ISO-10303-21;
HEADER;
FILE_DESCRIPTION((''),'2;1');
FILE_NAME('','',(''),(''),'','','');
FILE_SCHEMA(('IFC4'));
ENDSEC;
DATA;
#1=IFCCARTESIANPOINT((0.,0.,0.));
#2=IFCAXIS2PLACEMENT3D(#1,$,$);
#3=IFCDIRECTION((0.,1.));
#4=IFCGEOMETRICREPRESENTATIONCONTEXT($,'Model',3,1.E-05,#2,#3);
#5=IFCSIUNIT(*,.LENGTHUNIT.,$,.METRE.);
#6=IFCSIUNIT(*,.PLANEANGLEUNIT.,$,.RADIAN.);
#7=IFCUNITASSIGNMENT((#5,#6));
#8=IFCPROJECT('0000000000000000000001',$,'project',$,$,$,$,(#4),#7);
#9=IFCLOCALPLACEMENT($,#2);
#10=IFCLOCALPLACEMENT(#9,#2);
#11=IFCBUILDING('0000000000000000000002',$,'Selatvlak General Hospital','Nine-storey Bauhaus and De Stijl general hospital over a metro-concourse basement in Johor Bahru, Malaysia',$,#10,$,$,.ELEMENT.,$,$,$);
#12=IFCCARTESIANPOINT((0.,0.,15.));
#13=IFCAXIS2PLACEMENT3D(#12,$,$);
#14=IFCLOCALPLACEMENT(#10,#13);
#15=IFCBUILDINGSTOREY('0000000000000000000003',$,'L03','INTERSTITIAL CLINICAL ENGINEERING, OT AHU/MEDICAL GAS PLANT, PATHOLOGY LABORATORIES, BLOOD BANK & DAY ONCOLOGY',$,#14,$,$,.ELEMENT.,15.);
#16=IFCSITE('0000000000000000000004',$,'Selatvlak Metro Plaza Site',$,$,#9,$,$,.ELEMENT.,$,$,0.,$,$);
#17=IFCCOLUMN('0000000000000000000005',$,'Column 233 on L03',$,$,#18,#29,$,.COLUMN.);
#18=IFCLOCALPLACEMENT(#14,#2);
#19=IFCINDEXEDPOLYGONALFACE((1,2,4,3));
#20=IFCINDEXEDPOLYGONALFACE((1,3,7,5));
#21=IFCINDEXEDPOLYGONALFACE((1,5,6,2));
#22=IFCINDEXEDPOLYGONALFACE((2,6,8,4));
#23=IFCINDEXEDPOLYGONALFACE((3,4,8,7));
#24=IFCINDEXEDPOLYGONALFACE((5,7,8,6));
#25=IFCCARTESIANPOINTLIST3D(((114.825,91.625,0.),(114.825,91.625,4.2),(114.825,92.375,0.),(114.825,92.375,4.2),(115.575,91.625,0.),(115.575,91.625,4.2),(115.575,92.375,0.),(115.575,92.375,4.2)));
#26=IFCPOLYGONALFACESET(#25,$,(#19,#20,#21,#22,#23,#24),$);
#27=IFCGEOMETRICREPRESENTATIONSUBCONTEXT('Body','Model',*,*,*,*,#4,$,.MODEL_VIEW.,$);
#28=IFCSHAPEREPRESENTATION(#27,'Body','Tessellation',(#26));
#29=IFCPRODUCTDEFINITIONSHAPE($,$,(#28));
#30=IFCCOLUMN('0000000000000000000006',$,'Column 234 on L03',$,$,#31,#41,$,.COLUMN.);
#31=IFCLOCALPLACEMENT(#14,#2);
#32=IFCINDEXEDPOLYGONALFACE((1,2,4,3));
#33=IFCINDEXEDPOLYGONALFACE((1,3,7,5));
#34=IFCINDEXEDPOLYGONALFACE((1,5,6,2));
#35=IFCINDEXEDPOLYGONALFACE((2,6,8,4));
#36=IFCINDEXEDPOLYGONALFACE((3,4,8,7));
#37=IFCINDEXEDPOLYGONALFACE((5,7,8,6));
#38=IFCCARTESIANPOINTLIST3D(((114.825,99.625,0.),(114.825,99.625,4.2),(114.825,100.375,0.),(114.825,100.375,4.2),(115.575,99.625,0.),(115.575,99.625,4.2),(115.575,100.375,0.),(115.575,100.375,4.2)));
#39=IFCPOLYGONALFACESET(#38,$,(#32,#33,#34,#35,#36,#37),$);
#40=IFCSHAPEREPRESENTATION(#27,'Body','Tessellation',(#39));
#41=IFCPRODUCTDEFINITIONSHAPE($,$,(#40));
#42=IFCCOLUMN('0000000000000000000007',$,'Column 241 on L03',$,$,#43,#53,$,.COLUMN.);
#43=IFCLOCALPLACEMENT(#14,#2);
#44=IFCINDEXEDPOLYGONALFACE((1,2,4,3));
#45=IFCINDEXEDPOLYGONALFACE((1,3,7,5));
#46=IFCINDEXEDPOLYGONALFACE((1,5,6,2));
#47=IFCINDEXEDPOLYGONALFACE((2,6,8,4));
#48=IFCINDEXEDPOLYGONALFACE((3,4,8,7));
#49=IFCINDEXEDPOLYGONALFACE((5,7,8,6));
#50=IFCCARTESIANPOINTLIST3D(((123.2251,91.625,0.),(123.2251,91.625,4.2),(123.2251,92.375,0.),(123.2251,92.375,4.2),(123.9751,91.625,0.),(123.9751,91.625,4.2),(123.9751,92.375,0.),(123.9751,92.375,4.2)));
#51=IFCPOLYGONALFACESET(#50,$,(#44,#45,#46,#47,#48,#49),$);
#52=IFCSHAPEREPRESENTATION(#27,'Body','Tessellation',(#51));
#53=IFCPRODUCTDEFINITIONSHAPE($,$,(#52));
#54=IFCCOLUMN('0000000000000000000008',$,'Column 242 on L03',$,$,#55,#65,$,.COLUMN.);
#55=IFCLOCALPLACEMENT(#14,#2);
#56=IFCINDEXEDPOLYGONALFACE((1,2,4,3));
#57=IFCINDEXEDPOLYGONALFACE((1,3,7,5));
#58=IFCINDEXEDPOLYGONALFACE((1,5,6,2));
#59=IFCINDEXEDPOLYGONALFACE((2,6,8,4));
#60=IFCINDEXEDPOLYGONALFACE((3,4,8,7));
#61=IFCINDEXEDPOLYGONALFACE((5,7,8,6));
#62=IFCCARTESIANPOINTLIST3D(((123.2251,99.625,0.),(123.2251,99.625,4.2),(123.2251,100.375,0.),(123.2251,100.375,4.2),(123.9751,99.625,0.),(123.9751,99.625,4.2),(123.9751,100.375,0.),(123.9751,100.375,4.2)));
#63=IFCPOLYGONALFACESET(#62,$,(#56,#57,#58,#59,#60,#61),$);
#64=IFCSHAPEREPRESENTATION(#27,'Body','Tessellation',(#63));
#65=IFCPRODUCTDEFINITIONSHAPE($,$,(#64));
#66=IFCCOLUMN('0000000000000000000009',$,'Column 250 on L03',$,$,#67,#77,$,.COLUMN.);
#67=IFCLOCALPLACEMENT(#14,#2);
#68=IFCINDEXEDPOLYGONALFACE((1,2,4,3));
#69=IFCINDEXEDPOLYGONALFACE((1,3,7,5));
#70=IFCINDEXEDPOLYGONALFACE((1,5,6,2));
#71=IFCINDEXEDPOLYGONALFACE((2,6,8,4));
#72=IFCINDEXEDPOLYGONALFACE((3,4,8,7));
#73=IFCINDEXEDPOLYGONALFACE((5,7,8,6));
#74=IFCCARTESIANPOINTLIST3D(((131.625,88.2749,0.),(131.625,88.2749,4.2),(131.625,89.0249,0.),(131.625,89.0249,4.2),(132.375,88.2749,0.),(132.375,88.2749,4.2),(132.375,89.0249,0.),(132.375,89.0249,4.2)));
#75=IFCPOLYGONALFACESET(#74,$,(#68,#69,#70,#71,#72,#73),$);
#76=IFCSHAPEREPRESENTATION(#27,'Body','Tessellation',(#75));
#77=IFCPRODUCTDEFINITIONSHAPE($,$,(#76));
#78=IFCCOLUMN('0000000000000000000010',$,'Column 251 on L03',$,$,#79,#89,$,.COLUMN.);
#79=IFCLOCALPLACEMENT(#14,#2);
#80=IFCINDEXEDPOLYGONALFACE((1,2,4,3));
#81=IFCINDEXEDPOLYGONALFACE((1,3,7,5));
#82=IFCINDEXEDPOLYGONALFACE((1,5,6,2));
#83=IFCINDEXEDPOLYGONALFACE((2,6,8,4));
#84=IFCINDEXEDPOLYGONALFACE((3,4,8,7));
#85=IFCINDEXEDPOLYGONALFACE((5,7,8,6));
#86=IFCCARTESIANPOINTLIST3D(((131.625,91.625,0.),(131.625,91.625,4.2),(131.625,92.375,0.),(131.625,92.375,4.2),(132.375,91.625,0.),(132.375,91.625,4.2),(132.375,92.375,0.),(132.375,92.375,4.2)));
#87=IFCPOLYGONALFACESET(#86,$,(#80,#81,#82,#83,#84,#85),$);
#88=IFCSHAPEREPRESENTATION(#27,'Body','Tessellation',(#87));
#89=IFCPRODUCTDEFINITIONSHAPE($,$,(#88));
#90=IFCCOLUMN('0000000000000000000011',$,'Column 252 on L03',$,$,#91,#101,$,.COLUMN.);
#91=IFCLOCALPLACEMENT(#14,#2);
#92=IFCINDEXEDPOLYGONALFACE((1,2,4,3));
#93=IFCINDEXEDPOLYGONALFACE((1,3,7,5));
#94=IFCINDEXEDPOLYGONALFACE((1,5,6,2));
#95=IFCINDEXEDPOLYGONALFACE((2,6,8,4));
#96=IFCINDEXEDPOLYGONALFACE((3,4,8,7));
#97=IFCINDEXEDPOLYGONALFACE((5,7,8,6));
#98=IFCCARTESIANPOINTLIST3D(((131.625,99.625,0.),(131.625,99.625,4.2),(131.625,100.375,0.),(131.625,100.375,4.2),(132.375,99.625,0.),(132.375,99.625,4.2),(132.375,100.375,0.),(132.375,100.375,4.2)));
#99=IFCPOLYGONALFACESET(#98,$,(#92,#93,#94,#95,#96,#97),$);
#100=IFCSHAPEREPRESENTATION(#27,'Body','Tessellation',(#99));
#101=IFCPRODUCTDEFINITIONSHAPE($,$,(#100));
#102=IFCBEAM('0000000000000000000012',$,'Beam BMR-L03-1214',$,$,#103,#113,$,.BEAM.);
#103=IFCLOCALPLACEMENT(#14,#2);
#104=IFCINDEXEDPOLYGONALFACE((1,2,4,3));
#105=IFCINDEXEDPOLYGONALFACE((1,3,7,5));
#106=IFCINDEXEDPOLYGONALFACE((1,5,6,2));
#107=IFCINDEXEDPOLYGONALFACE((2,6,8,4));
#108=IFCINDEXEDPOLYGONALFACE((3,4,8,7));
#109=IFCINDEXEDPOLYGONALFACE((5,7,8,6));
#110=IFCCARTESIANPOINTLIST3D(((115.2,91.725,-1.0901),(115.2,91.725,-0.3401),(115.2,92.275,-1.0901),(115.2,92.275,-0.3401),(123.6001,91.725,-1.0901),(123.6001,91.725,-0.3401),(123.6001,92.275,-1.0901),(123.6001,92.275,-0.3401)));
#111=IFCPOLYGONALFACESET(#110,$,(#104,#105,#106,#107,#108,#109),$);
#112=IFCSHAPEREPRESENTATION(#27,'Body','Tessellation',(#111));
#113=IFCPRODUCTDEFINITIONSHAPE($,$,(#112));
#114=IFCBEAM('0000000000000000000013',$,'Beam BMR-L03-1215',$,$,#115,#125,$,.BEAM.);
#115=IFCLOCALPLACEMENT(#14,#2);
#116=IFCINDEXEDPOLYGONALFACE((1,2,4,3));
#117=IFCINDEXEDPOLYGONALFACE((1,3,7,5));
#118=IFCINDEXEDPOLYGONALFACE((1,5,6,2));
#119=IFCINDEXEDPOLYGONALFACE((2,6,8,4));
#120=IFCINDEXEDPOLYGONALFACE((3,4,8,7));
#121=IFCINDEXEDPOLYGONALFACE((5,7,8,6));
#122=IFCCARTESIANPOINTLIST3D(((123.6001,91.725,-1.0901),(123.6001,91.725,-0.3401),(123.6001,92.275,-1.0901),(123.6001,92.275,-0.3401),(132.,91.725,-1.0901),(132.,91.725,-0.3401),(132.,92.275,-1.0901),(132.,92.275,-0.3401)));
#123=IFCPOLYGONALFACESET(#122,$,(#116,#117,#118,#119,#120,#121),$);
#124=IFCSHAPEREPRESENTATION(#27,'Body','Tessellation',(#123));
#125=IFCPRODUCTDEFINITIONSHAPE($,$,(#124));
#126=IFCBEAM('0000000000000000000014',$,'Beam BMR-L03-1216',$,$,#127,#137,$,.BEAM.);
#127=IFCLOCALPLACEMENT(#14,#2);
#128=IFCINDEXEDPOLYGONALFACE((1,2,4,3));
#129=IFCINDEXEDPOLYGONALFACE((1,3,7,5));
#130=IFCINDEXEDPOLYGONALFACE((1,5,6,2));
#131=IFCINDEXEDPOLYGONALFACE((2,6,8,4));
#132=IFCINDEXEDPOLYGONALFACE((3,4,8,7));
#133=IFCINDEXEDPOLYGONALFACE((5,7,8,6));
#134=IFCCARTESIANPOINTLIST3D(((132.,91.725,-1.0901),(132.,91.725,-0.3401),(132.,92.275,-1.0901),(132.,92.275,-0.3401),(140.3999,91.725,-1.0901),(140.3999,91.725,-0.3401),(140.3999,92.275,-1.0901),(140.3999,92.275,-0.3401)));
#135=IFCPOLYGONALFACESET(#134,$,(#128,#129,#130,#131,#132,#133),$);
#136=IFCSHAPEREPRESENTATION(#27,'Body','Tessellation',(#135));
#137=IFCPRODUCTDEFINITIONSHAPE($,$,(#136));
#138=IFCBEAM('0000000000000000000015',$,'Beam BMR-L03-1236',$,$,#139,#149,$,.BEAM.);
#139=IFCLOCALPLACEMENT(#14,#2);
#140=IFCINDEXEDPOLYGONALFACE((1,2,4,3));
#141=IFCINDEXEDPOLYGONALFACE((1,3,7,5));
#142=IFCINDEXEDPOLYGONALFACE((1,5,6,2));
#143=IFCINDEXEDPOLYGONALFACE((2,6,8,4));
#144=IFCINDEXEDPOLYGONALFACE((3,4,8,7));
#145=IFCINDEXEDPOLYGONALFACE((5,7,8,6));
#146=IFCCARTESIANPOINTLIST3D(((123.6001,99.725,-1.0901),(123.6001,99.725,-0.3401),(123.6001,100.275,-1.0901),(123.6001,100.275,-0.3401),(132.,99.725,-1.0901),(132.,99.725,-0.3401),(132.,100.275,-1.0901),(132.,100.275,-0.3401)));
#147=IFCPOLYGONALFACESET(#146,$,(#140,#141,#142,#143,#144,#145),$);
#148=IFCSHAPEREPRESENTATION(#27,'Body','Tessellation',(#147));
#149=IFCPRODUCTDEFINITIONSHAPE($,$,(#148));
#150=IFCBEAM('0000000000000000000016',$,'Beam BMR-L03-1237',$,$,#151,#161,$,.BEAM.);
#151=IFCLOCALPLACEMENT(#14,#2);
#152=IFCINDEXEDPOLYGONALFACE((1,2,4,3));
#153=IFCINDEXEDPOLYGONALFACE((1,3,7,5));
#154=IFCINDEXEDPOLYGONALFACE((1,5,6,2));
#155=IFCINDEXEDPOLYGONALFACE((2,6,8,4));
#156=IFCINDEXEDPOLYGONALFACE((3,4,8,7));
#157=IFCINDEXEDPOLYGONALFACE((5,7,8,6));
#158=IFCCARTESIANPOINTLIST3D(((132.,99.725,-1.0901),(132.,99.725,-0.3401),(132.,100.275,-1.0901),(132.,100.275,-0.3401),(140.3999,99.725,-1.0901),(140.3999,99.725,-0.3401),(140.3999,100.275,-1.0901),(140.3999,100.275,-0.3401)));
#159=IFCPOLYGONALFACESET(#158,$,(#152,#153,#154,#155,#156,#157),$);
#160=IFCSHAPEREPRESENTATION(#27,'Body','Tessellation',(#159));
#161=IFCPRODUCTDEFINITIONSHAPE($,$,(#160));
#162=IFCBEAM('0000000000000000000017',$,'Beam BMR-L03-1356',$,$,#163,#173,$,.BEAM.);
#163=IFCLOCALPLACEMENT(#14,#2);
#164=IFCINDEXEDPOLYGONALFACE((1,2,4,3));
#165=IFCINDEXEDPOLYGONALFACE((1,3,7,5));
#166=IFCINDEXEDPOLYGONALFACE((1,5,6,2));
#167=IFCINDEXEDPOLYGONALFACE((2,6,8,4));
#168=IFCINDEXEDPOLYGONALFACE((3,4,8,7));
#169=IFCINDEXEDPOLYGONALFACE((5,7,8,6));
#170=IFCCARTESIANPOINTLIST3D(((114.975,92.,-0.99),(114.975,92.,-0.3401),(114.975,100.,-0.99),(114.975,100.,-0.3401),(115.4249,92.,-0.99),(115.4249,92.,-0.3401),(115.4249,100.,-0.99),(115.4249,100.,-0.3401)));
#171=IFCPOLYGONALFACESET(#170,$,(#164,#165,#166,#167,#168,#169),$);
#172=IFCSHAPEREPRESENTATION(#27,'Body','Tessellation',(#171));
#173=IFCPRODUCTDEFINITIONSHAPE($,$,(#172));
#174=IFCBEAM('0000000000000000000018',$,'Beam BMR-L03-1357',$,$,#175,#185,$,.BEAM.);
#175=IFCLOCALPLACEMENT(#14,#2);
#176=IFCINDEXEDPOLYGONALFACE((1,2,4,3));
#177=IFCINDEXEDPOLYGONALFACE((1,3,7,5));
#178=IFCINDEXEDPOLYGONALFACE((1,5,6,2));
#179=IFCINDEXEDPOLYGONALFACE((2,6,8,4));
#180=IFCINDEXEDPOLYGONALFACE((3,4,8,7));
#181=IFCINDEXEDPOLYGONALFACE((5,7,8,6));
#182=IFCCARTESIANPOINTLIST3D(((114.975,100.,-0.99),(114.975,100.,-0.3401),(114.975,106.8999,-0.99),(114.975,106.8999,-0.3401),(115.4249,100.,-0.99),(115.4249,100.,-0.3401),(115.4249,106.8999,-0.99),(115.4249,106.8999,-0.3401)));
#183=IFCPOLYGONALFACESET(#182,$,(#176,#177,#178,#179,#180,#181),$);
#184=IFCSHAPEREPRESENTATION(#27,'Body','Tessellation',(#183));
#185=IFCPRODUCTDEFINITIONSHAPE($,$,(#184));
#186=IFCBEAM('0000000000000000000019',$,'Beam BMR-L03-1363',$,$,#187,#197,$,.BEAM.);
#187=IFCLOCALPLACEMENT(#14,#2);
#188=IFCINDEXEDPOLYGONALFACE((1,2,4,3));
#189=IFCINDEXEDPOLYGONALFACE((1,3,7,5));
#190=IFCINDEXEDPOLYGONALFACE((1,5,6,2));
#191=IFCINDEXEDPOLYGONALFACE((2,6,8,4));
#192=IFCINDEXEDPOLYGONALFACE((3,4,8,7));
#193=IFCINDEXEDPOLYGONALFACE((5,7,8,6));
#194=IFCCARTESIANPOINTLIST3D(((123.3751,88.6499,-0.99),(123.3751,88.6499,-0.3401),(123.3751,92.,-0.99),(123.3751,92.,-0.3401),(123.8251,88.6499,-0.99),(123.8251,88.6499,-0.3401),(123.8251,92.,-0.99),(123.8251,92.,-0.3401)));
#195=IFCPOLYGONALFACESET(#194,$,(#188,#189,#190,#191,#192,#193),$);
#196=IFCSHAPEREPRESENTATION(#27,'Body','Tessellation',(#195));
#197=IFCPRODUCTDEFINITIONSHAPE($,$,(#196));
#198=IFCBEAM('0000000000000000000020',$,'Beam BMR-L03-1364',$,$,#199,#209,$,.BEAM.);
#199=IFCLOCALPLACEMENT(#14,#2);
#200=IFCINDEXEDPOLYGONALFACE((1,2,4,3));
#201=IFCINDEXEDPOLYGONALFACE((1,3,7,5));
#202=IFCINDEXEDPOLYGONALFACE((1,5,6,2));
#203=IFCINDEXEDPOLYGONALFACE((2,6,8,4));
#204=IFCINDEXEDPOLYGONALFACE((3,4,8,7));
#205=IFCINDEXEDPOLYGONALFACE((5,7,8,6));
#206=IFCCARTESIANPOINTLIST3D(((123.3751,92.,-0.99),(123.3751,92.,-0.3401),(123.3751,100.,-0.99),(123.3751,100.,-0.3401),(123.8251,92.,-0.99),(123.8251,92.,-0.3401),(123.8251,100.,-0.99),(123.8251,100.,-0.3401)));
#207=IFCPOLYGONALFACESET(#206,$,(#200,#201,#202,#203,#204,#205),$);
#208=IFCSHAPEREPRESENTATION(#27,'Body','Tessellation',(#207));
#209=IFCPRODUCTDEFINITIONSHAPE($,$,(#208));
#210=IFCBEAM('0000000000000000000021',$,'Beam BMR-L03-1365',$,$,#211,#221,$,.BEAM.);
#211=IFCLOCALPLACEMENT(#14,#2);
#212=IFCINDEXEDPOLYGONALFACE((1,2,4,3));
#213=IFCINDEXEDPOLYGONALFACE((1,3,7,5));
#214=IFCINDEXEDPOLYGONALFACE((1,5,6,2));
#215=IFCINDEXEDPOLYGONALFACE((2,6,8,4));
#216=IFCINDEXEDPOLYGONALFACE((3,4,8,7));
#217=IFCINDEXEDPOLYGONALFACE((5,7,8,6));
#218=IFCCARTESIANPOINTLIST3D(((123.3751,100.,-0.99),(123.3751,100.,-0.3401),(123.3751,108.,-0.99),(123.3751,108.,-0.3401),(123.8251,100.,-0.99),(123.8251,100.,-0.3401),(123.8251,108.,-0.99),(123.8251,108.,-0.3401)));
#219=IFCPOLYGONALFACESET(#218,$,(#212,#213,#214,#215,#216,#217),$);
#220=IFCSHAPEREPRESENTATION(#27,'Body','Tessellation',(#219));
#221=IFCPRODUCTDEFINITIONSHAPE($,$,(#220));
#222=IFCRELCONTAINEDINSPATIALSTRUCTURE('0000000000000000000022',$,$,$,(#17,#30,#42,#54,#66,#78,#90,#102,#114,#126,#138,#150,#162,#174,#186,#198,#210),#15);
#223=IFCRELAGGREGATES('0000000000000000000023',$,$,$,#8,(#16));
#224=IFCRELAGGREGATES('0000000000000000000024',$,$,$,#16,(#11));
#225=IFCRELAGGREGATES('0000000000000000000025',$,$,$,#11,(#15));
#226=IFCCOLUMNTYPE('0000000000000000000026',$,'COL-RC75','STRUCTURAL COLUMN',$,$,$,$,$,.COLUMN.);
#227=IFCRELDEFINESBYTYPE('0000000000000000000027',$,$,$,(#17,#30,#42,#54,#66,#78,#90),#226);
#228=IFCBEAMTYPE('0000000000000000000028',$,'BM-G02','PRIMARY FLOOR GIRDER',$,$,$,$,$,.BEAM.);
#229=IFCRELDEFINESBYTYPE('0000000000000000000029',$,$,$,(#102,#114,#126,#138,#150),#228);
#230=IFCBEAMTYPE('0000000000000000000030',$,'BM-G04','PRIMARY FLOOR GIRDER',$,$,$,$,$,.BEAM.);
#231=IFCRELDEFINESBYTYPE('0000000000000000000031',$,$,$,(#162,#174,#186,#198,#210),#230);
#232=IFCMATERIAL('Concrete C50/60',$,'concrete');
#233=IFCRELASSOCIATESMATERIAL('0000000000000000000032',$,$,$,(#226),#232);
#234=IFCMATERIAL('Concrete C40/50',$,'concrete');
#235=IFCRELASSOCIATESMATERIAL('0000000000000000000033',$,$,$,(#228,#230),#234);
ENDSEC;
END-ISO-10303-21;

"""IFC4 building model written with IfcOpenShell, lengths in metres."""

from ifc_helpers import new_model, si_unit, direction, frame, origin, origin_2d, place, context, subcontext, project, spatial, rectangle, extrude, material, material_profile, profile_set, type_object, element, save


model = new_model("IFC4")

# Units and contexts
model_context = context("Model", 3, precision=1e-05, world=origin(), true_north=direction((0.0, 1.0)))
body_context = subcontext(model_context, "Body", "Model", "MODEL_VIEW")
ifc_project = project(units=[si_unit("LENGTHUNIT", "METRE"), si_unit("PLANEANGLEUNIT", "RADIAN")], contexts=[model_context])

# Site, building, storey
site_placement = place(None, origin())
site = spatial("IfcSite", under=ifc_project, at=site_placement, Name="Selatvlak Metro Plaza Site", CompositionType="ELEMENT", RefElevation=0.0)
building_placement = place(site_placement, origin())
building = spatial("IfcBuilding", under=site, at=building_placement, Name="Selatvlak General Hospital", Description="Nine-storey Bauhaus and De Stijl general hospital over a metro-concourse basement in Johor Bahru, Malaysia", CompositionType="ELEMENT")
storey_placement = place(building_placement, frame((0.0, 0.0, 15.0)))
storey = spatial("IfcBuildingStorey", under=building, at=storey_placement, Name="L03", Description="INTERSTITIAL CLINICAL ENGINEERING, OT AHU/MEDICAL GAS PLANT, PATHOLOGY LABORATORIES, BLOOD BANK & DAY ONCOLOGY", CompositionType="ELEMENT", Elevation=15.0)

# Columns
ifc_material_1 = material(Name="Concrete C50/60", Category="concrete")
ifc_material_profile_1 = material_profile(ifc_material_1, rectangle(XDim=0.75, YDim=0.75, at=origin_2d()), Name="RC-COL 750x750")
ifc_profile_set_1 = profile_set([ifc_material_profile_1], Name="Concrete C50/60")
column_type = type_object("IfcColumnType", Name="COL-RC75", Description="STRUCTURAL COLUMN", PredefinedType="COLUMN", material=ifc_profile_set_1)
for number, where, z_axis, x_axis, name in (
    (1, (115.2, 92.0, 0.0), (0.0, 0.0, 1.0), (1.0, 0.0, 0.0), "Column 233 on L03"),
    (2, (115.2, 100.0, 0.0), (0.0, 0.0, 1.0), (1.0, 0.0, 0.0), "Column 234 on L03"),
    (3, (123.6001, 92.0, 0.0), (0.0, 0.0, 1.0), (1.0, 0.0, 0.0), "Column 241 on L03"),
    (4, (123.6001, 100.0, 0.0), (0.0, 0.0, 1.0), (1.0, 0.0, 0.0), "Column 242 on L03"),
    (5, (132.0, 88.6499, 0.0), (0.0, 0.0, 1.0), (1.0, 0.0, 0.0), "Column 250 on L03"),
    (6, (132.0, 92.0, 0.0), (0.0, 0.0, 1.0), (1.0, 0.0, 0.0), "Column 251 on L03"),
    (7, (132.0, 100.0, 0.0), (0.0, 0.0, 1.0), (1.0, 0.0, 0.0), "Column 252 on L03"),
):
    element("IfcColumn", number, at=place(storey_placement, frame(where, z_axis=z_axis, x_axis=x_axis)), inside=storey, type_object=column_type, Name=name, PredefinedType="COLUMN", context=body_context, shape_type="SweptSolid", body=[
        extrude(rectangle(XDim=0.75, YDim=0.75, at=origin_2d()), origin(), (0.0, 0.0, 1.0), 4.2),
    ])

# Beams
ifc_material_2 = material(Name="Concrete C40/50", Category="concrete")
ifc_material_profile_2 = material_profile(ifc_material_2, rectangle(XDim=0.55, YDim=0.75, at=origin_2d()), Name="RC-BM 550x750")
ifc_profile_set_2 = profile_set([ifc_material_profile_2], Name="Concrete C40/50")
beam_type_1 = type_object("IfcBeamType", Name="BM-G02", Description="PRIMARY FLOOR GIRDER", PredefinedType="BEAM", material=ifc_profile_set_2)
beam_1_placement = place(storey_placement, frame((115.2, 92.0, -0.7151), z_axis=(1.0, 0.0, 0.0), x_axis=(0.0, 1.0, 0.0)))
element("IfcBeam", 8, at=beam_1_placement, inside=storey, type_object=beam_type_1, Name="Beam BMR-L03-1214", PredefinedType="BEAM", context=body_context, shape_type="SweptSolid", body=[
    extrude(rectangle(XDim=0.55, YDim=0.75, at=origin_2d()), origin(), (0.0, 0.0, 1.0), 8.4001),
])
for number, where, z_axis, x_axis, name in (
    (9, (123.6001, 92.0, -0.7151), (1.0, 0.0, 0.0), (0.0, 1.0, 0.0), "Beam BMR-L03-1215"),
    (10, (132.0, 92.0, -0.7151), (1.0, 0.0, 0.0), (0.0, 1.0, 0.0), "Beam BMR-L03-1216"),
    (11, (123.6001, 100.0, -0.7151), (1.0, 0.0, 0.0), (0.0, 1.0, 0.0), "Beam BMR-L03-1236"),
    (12, (132.0, 100.0, -0.7151), (1.0, 0.0, 0.0), (0.0, 1.0, 0.0), "Beam BMR-L03-1237"),
):
    element("IfcBeam", number, at=place(storey_placement, frame(where, z_axis=z_axis, x_axis=x_axis)), inside=storey, type_object=beam_type_1, Name=name, PredefinedType="BEAM", context=body_context, shape_type="SweptSolid", body=[
        extrude(rectangle(XDim=0.55, YDim=0.75, at=origin_2d()), origin(), (0.0, 0.0, 1.0), 8.3999),
    ])
ifc_material_profile_3 = material_profile(ifc_material_2, rectangle(XDim=0.45, YDim=0.6499, at=origin_2d()), Name="RC-BM 450x650")
ifc_profile_set_3 = profile_set([ifc_material_profile_3], Name="Concrete C40/50")
beam_type_2 = type_object("IfcBeamType", Name="BM-G04", Description="PRIMARY FLOOR GIRDER", PredefinedType="BEAM", material=ifc_profile_set_3)
beam_2_placement = place(storey_placement, frame((115.2, 92.0, -0.665), z_axis=(0.0, 1.0, 0.0), x_axis=(-1.0, 0.0, 0.0)))
element("IfcBeam", 13, at=beam_2_placement, inside=storey, type_object=beam_type_2, Name="Beam BMR-L03-1356", PredefinedType="BEAM", context=body_context, shape_type="SweptSolid", body=[
    extrude(rectangle(XDim=0.45, YDim=0.6499, at=origin_2d()), origin(), (0.0, 0.0, 1.0), 8.0),
])
beam_3_placement = place(storey_placement, frame((115.2, 100.0, -0.665), z_axis=(0.0, 1.0, 0.0), x_axis=(-1.0, 0.0, 0.0)))
element("IfcBeam", 14, at=beam_3_placement, inside=storey, type_object=beam_type_2, Name="Beam BMR-L03-1357", PredefinedType="BEAM", context=body_context, shape_type="SweptSolid", body=[
    extrude(rectangle(XDim=0.45, YDim=0.6499, at=origin_2d()), origin(), (0.0, 0.0, 1.0), 6.8999),
])
beam_4_placement = place(storey_placement, frame((123.6001, 88.6499, -0.665), z_axis=(0.0, 1.0, 0.0), x_axis=(-1.0, 0.0, 0.0)))
element("IfcBeam", 15, at=beam_4_placement, inside=storey, type_object=beam_type_2, Name="Beam BMR-L03-1363", PredefinedType="BEAM", context=body_context, shape_type="SweptSolid", body=[
    extrude(rectangle(XDim=0.45, YDim=0.6499, at=origin_2d()), origin(), (0.0, 0.0, 1.0), 3.3501),
])
for number, where, z_axis, x_axis, name in (
    (16, (123.6001, 92.0, -0.665), (0.0, 1.0, 0.0), (-1.0, 0.0, 0.0), "Beam BMR-L03-1364"),
    (17, (123.6001, 100.0, -0.665), (0.0, 1.0, 0.0), (-1.0, 0.0, 0.0), "Beam BMR-L03-1365"),
):
    element("IfcBeam", number, at=place(storey_placement, frame(where, z_axis=z_axis, x_axis=x_axis)), inside=storey, type_object=beam_type_2, Name=name, PredefinedType="BEAM", context=body_context, shape_type="SweptSolid", body=[
        extrude(rectangle(XDim=0.45, YDim=0.6499, at=origin_2d()), origin(), (0.0, 0.0, 1.0), 8.0),
    ])

save(model, "model.ifc")
